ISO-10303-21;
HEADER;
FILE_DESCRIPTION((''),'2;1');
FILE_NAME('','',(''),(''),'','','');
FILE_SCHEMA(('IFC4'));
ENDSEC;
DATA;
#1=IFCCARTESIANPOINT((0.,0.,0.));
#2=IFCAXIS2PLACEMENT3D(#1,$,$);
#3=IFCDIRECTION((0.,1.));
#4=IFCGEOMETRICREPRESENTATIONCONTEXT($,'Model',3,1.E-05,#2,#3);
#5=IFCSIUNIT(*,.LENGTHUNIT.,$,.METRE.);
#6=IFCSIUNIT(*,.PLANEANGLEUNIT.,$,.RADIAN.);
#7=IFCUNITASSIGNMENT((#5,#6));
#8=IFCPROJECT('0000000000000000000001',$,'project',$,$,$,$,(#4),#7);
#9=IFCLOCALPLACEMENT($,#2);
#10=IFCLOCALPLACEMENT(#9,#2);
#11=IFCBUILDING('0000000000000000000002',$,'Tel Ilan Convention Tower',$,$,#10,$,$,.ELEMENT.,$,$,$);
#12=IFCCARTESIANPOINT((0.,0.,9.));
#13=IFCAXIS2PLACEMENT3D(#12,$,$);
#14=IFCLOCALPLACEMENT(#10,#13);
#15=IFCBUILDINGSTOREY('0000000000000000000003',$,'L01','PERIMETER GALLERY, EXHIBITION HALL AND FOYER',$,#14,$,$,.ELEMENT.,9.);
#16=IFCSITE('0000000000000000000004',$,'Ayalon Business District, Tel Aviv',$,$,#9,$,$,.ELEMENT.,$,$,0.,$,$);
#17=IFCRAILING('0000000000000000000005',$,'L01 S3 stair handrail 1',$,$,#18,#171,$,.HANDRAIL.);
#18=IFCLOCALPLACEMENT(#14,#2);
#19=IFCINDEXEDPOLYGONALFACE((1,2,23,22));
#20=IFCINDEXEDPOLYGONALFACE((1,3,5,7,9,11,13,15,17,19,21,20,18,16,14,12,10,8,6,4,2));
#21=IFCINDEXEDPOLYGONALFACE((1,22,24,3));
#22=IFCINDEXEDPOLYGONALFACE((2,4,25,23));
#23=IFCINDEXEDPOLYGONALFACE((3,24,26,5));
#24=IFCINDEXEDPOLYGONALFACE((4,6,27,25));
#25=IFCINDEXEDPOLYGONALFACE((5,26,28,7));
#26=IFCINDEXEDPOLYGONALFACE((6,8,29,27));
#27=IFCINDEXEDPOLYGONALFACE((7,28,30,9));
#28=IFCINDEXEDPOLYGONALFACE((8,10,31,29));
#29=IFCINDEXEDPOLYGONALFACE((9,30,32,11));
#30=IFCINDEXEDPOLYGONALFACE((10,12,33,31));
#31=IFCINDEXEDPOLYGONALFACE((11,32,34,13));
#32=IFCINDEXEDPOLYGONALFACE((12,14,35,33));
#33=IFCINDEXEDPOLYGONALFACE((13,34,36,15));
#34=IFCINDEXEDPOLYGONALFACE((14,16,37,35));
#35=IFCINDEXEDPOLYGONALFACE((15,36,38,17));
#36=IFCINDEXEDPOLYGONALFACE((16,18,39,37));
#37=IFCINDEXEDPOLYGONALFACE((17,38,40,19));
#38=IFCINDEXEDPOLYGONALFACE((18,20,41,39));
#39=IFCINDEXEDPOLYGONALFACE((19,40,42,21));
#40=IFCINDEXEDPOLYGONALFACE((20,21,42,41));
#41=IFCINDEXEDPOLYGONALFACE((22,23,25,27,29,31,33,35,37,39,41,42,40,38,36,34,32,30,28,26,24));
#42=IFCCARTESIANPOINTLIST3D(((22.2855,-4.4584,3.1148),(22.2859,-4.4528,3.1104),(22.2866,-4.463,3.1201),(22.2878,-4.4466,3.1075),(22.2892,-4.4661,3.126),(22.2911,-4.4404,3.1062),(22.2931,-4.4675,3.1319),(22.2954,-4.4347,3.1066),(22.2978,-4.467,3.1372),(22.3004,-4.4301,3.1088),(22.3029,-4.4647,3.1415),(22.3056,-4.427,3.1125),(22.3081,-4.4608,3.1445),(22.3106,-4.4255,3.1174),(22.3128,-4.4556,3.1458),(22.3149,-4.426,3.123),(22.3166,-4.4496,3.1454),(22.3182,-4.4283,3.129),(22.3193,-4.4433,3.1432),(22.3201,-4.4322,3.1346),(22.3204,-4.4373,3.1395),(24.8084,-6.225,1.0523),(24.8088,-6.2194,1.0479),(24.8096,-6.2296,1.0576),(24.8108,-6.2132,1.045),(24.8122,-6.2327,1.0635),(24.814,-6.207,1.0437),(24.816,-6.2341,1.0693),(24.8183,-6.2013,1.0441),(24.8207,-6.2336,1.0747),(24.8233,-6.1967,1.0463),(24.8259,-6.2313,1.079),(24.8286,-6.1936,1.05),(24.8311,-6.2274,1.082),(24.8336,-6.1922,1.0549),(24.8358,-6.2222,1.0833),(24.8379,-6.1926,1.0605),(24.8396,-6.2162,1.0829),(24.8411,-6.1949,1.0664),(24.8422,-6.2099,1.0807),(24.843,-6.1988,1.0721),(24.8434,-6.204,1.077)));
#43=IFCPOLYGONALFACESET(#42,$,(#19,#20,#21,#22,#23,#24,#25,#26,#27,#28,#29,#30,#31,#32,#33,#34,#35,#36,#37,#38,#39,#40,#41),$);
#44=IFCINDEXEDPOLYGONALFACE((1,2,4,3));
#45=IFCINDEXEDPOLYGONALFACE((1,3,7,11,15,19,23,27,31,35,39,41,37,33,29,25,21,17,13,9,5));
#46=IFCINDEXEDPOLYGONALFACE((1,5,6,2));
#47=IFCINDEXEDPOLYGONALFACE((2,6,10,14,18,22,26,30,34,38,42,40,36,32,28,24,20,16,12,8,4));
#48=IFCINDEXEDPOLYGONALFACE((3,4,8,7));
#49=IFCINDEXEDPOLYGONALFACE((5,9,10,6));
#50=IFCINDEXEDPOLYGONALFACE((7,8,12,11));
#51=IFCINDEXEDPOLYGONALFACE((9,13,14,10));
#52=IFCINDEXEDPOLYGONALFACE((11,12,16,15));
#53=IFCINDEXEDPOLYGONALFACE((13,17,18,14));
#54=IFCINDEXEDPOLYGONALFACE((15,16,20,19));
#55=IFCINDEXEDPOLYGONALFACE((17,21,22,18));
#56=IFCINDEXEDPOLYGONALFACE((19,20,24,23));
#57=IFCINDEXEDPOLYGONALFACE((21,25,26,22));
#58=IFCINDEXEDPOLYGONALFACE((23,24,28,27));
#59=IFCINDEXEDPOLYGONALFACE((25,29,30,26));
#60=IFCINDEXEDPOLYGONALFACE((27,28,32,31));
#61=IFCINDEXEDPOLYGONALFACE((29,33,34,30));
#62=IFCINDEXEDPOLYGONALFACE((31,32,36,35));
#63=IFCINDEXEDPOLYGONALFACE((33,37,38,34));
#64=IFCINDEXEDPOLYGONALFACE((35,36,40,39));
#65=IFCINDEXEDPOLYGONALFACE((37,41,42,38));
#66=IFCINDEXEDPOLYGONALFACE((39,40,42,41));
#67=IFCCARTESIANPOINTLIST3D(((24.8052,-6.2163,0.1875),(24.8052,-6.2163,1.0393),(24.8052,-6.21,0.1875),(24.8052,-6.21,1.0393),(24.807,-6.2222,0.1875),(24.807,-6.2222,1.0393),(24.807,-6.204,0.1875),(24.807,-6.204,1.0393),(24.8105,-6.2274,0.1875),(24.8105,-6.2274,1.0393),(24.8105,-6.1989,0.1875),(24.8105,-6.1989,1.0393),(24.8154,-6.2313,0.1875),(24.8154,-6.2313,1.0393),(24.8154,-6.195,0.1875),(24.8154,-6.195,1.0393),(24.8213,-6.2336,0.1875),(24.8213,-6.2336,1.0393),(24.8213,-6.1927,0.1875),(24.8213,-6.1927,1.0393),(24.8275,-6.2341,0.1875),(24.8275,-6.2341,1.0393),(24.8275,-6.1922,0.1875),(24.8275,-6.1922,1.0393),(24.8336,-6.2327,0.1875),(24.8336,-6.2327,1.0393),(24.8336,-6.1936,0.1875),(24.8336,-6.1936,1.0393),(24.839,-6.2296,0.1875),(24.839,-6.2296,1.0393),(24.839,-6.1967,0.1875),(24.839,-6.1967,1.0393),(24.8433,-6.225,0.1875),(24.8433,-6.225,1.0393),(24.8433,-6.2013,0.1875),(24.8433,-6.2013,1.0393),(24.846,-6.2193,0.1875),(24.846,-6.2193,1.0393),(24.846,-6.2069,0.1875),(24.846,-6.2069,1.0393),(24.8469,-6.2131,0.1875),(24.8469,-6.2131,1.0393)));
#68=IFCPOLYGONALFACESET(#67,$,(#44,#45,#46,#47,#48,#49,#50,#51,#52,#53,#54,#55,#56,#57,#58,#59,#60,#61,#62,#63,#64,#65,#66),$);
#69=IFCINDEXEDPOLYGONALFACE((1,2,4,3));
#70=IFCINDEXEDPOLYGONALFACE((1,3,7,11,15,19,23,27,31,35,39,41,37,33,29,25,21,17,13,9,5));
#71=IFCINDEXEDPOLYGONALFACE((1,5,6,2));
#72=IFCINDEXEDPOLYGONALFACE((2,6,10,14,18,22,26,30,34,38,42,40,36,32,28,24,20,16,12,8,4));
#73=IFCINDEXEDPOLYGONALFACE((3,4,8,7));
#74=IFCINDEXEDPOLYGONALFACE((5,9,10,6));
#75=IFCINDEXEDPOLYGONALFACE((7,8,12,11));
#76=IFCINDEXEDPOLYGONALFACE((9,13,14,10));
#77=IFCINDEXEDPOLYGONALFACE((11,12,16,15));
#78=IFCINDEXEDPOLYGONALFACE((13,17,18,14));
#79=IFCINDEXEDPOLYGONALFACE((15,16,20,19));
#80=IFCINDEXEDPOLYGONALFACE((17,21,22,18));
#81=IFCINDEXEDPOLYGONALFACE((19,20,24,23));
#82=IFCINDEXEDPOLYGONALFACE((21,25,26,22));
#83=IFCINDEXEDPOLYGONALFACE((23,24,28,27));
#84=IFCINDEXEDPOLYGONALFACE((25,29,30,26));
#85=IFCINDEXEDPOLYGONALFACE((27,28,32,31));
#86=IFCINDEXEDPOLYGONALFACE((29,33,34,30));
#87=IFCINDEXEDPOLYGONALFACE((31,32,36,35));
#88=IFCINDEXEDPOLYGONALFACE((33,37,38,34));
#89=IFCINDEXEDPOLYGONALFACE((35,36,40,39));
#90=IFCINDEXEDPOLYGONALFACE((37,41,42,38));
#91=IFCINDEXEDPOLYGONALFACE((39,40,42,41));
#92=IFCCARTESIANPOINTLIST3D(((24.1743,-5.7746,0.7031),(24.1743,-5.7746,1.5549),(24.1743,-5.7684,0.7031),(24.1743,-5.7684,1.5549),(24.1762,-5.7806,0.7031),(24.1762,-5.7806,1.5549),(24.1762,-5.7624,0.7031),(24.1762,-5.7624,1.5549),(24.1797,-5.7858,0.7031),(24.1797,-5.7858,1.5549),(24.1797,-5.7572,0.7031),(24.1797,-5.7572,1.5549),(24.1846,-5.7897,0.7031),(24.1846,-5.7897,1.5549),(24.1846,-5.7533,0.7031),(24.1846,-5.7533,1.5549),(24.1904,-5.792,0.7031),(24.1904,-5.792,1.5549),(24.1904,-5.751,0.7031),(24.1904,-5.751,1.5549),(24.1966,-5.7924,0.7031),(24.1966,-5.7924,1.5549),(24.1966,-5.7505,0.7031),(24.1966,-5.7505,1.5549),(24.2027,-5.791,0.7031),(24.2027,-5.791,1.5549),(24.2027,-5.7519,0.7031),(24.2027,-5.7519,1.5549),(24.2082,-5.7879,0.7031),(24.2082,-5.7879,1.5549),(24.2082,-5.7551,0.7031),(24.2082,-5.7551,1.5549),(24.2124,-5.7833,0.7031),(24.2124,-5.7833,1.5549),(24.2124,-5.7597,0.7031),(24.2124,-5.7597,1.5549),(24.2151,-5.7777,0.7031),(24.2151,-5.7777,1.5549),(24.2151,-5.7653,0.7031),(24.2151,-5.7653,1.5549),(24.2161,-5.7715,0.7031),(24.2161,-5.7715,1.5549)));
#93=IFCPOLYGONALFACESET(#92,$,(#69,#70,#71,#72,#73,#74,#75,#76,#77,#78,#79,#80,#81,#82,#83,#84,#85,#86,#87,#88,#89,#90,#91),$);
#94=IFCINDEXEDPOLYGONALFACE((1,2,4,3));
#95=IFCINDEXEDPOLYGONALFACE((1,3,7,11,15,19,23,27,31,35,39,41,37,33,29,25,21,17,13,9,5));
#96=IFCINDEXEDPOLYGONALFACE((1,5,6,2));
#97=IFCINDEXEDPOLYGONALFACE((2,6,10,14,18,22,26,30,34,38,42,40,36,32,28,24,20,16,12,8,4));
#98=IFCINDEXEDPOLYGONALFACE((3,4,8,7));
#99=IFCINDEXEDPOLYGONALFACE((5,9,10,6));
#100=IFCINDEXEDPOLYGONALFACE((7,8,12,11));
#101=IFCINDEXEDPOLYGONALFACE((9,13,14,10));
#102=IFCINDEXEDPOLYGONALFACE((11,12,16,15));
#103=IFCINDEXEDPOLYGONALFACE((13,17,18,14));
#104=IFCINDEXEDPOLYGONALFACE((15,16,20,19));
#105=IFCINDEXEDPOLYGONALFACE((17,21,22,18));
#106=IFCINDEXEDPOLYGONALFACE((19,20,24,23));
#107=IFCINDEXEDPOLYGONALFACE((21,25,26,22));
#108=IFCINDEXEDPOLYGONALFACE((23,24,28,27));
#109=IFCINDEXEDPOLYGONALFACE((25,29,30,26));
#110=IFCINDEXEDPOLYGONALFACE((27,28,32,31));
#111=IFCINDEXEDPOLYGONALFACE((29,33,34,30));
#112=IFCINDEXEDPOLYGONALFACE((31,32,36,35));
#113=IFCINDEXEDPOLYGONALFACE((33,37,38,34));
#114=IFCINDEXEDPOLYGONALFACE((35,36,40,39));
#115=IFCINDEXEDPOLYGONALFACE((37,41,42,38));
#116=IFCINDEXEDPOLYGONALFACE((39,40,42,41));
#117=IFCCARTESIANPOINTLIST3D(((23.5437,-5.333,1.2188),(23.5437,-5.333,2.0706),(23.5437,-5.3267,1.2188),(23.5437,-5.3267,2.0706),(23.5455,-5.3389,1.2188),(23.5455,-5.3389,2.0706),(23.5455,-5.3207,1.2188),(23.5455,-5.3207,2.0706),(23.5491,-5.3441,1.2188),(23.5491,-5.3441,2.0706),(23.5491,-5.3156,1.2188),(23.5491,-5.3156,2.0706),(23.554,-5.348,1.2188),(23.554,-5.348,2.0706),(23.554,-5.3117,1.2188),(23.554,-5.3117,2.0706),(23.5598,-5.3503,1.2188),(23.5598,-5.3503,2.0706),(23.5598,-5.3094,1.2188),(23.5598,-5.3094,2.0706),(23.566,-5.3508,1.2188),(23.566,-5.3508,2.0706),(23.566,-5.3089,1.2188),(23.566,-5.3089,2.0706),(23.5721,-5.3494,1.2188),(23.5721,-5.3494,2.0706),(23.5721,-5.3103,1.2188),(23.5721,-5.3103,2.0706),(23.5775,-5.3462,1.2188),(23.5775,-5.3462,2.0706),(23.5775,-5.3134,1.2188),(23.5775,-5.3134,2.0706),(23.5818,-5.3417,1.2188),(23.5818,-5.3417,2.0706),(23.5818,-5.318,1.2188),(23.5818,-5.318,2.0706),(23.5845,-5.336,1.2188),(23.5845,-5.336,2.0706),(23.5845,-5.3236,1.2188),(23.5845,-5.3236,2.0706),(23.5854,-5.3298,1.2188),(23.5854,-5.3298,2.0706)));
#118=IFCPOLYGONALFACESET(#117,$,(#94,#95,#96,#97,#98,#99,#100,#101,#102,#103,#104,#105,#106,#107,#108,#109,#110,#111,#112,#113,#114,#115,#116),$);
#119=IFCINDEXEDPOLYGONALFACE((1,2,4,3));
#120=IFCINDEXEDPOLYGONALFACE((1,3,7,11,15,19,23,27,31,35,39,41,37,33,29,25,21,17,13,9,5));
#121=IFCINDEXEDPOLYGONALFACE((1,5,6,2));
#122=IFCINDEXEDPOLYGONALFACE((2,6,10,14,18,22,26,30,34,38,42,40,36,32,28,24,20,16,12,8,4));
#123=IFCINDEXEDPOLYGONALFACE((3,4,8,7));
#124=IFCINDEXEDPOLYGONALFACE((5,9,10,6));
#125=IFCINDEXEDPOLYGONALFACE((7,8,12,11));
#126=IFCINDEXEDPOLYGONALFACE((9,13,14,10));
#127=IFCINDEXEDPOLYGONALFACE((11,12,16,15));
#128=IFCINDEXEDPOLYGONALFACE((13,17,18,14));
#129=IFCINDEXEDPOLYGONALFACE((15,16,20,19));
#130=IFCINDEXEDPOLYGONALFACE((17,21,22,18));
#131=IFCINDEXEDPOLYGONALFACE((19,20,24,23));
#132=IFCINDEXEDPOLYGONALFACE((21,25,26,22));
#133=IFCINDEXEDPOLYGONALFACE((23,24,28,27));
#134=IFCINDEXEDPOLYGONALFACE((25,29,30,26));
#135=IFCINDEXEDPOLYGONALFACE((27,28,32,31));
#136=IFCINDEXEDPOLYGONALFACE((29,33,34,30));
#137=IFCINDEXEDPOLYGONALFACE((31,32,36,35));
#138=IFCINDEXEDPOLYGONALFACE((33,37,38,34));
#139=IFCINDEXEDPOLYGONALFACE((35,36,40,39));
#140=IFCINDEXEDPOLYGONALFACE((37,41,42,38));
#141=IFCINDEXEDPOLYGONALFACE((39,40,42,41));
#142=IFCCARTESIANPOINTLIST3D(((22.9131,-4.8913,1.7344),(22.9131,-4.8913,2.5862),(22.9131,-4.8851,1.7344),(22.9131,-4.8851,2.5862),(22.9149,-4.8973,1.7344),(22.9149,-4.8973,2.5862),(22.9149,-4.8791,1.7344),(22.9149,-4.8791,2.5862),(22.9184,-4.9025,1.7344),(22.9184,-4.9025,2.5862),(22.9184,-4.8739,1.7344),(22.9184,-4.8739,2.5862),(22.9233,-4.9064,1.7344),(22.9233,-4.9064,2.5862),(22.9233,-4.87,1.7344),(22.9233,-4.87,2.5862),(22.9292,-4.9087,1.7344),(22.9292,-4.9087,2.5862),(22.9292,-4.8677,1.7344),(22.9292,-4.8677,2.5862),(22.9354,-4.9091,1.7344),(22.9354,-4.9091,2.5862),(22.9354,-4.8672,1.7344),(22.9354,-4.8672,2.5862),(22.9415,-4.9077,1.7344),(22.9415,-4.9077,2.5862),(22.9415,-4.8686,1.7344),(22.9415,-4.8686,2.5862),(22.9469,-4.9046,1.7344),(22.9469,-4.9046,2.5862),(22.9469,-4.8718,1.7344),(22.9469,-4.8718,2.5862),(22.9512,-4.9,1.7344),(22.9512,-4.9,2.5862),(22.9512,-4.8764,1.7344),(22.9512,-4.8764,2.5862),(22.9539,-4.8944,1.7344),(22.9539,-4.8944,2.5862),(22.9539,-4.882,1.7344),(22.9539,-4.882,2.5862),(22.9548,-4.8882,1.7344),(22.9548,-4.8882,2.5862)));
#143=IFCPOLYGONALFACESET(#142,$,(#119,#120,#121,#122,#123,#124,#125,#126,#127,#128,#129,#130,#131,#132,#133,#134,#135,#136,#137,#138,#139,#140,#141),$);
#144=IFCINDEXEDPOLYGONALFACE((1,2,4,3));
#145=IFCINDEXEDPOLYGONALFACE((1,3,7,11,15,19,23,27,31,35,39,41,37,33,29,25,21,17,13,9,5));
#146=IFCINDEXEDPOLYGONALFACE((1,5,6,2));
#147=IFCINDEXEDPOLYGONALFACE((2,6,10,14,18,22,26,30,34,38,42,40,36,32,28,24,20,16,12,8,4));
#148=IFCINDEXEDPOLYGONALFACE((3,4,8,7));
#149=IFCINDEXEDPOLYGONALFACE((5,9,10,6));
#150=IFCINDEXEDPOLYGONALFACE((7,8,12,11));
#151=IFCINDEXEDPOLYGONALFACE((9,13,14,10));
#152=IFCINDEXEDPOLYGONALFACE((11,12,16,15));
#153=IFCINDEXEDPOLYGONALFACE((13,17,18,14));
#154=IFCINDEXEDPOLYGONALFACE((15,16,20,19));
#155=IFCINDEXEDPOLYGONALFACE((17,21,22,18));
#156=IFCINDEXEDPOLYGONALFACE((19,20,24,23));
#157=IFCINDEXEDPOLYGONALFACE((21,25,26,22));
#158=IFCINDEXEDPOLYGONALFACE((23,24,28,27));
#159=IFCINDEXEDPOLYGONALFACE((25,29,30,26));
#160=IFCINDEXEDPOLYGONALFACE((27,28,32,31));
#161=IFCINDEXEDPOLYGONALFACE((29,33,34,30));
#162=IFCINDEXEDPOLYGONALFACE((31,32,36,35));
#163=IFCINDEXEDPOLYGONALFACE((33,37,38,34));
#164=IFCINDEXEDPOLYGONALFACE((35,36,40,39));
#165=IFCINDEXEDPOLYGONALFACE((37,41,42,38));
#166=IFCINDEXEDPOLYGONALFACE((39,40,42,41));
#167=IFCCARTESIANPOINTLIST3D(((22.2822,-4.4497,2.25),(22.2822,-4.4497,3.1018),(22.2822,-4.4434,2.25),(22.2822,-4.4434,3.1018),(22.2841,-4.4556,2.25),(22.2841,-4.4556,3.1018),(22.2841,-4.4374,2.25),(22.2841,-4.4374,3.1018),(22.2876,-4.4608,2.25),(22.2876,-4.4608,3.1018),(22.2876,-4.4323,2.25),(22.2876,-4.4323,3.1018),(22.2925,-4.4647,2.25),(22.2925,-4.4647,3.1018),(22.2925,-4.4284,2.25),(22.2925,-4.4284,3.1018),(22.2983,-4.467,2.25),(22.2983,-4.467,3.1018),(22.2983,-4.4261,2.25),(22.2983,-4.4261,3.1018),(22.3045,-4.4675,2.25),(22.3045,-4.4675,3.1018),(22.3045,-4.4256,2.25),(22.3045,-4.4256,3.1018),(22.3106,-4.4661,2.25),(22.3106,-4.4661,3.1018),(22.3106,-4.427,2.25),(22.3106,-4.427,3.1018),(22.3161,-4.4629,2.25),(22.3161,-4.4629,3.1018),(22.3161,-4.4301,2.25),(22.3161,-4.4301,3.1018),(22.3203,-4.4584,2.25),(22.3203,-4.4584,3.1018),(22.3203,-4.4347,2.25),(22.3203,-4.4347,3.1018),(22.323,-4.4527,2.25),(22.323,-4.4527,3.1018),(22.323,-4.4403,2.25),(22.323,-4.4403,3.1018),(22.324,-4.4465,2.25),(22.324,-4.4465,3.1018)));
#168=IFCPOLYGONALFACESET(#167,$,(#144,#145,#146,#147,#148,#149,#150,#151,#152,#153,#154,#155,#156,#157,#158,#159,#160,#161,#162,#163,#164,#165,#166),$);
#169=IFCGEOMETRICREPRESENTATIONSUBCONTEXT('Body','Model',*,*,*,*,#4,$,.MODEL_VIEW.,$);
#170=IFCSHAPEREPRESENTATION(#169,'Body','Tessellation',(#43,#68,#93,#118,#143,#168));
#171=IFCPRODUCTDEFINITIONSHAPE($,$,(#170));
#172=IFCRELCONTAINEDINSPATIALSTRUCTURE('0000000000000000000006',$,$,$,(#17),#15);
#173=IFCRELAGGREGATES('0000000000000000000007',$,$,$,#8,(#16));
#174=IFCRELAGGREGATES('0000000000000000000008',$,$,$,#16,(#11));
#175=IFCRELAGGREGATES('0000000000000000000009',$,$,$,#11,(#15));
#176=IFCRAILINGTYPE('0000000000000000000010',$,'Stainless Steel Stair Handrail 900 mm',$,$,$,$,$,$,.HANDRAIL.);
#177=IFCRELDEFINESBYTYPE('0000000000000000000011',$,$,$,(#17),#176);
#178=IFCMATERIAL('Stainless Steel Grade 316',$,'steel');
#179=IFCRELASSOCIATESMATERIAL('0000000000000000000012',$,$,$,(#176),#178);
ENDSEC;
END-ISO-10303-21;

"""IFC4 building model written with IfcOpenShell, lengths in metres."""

from ifc_helpers import new_model, si_unit, direction, frame, origin, origin_2d, place, context, subcontext, project, spatial, circle, extrude, material, type_object, element, save


model = new_model("IFC4")

# Units and contexts
model_context = context("Model", 3, precision=1e-05, world=origin(), true_north=direction((0.0, 1.0)))
body_context = subcontext(model_context, "Body", "Model", "MODEL_VIEW")
ifc_project = project(units=[si_unit("LENGTHUNIT", "METRE"), si_unit("PLANEANGLEUNIT", "RADIAN")], contexts=[model_context])

# Site, building, storey
site_placement = place(None, origin())
site = spatial("IfcSite", under=ifc_project, at=site_placement, Name="Ayalon Business District, Tel Aviv", CompositionType="ELEMENT", RefElevation=0.0)
building_placement = place(site_placement, origin())
building = spatial("IfcBuilding", under=site, at=building_placement, Name="Tel Ilan Convention Tower", CompositionType="ELEMENT")
storey_placement = place(building_placement, frame((0.0, 0.0, 9.0)))
storey = spatial("IfcBuildingStorey", under=building, at=storey_placement, Name="L01", Description="PERIMETER GALLERY, EXHIBITION HALL AND FOYER", CompositionType="ELEMENT", Elevation=9.0)

# Railing
ifc_material_1 = material(Name="Stainless Steel Grade 316", Category="steel")
railing_type_1 = type_object("IfcRailingType", Name="Stainless Steel Stair Handrail 900 mm", PredefinedType="HANDRAIL", material=ifc_material_1)
railing_1_placement = place(storey_placement, frame((24.8259, -6.2131, 0.1875)))
element("IfcRailing", 1, at=railing_1_placement, inside=storey, type_object=railing_type_1, Name="L01 S3 stair handrail 1", PredefinedType="HANDRAIL", context=body_context, shape_type="SweptSolid", body=[
    extrude(circle(Radius=0.0239, at=origin_2d()), frame((0.0, 0.0, 0.876), z_axis=(-0.680635, 0.476589, 0.556416), x_axis=(-0.573579, -0.81915, 0.0)), (0.0, 0.0, 1.0), 3.7068),
    extrude(circle(Radius=0.021, at=origin_2d()), origin(), (0.0, 0.0, 1.0), 0.8518),
    extrude(circle(Radius=0.021, at=origin_2d()), frame((-0.6309, 0.4417, 0.5156)), (0.0, 0.0, 1.0), 0.8518),
    extrude(circle(Radius=0.021, at=origin_2d()), frame((-1.2615, 0.8833, 1.0312)), (0.0, 0.0, 1.0), 0.8518),
    extrude(circle(Radius=0.021, at=origin_2d()), frame((-1.8921, 1.325, 1.5469)), (0.0, 0.0, 1.0), 0.8518),
    extrude(circle(Radius=0.021, at=origin_2d()), frame((-2.5229, 1.7666, 2.0625)), (0.0, 0.0, 1.0), 0.8518),
])

save(model, "model.ifc")
